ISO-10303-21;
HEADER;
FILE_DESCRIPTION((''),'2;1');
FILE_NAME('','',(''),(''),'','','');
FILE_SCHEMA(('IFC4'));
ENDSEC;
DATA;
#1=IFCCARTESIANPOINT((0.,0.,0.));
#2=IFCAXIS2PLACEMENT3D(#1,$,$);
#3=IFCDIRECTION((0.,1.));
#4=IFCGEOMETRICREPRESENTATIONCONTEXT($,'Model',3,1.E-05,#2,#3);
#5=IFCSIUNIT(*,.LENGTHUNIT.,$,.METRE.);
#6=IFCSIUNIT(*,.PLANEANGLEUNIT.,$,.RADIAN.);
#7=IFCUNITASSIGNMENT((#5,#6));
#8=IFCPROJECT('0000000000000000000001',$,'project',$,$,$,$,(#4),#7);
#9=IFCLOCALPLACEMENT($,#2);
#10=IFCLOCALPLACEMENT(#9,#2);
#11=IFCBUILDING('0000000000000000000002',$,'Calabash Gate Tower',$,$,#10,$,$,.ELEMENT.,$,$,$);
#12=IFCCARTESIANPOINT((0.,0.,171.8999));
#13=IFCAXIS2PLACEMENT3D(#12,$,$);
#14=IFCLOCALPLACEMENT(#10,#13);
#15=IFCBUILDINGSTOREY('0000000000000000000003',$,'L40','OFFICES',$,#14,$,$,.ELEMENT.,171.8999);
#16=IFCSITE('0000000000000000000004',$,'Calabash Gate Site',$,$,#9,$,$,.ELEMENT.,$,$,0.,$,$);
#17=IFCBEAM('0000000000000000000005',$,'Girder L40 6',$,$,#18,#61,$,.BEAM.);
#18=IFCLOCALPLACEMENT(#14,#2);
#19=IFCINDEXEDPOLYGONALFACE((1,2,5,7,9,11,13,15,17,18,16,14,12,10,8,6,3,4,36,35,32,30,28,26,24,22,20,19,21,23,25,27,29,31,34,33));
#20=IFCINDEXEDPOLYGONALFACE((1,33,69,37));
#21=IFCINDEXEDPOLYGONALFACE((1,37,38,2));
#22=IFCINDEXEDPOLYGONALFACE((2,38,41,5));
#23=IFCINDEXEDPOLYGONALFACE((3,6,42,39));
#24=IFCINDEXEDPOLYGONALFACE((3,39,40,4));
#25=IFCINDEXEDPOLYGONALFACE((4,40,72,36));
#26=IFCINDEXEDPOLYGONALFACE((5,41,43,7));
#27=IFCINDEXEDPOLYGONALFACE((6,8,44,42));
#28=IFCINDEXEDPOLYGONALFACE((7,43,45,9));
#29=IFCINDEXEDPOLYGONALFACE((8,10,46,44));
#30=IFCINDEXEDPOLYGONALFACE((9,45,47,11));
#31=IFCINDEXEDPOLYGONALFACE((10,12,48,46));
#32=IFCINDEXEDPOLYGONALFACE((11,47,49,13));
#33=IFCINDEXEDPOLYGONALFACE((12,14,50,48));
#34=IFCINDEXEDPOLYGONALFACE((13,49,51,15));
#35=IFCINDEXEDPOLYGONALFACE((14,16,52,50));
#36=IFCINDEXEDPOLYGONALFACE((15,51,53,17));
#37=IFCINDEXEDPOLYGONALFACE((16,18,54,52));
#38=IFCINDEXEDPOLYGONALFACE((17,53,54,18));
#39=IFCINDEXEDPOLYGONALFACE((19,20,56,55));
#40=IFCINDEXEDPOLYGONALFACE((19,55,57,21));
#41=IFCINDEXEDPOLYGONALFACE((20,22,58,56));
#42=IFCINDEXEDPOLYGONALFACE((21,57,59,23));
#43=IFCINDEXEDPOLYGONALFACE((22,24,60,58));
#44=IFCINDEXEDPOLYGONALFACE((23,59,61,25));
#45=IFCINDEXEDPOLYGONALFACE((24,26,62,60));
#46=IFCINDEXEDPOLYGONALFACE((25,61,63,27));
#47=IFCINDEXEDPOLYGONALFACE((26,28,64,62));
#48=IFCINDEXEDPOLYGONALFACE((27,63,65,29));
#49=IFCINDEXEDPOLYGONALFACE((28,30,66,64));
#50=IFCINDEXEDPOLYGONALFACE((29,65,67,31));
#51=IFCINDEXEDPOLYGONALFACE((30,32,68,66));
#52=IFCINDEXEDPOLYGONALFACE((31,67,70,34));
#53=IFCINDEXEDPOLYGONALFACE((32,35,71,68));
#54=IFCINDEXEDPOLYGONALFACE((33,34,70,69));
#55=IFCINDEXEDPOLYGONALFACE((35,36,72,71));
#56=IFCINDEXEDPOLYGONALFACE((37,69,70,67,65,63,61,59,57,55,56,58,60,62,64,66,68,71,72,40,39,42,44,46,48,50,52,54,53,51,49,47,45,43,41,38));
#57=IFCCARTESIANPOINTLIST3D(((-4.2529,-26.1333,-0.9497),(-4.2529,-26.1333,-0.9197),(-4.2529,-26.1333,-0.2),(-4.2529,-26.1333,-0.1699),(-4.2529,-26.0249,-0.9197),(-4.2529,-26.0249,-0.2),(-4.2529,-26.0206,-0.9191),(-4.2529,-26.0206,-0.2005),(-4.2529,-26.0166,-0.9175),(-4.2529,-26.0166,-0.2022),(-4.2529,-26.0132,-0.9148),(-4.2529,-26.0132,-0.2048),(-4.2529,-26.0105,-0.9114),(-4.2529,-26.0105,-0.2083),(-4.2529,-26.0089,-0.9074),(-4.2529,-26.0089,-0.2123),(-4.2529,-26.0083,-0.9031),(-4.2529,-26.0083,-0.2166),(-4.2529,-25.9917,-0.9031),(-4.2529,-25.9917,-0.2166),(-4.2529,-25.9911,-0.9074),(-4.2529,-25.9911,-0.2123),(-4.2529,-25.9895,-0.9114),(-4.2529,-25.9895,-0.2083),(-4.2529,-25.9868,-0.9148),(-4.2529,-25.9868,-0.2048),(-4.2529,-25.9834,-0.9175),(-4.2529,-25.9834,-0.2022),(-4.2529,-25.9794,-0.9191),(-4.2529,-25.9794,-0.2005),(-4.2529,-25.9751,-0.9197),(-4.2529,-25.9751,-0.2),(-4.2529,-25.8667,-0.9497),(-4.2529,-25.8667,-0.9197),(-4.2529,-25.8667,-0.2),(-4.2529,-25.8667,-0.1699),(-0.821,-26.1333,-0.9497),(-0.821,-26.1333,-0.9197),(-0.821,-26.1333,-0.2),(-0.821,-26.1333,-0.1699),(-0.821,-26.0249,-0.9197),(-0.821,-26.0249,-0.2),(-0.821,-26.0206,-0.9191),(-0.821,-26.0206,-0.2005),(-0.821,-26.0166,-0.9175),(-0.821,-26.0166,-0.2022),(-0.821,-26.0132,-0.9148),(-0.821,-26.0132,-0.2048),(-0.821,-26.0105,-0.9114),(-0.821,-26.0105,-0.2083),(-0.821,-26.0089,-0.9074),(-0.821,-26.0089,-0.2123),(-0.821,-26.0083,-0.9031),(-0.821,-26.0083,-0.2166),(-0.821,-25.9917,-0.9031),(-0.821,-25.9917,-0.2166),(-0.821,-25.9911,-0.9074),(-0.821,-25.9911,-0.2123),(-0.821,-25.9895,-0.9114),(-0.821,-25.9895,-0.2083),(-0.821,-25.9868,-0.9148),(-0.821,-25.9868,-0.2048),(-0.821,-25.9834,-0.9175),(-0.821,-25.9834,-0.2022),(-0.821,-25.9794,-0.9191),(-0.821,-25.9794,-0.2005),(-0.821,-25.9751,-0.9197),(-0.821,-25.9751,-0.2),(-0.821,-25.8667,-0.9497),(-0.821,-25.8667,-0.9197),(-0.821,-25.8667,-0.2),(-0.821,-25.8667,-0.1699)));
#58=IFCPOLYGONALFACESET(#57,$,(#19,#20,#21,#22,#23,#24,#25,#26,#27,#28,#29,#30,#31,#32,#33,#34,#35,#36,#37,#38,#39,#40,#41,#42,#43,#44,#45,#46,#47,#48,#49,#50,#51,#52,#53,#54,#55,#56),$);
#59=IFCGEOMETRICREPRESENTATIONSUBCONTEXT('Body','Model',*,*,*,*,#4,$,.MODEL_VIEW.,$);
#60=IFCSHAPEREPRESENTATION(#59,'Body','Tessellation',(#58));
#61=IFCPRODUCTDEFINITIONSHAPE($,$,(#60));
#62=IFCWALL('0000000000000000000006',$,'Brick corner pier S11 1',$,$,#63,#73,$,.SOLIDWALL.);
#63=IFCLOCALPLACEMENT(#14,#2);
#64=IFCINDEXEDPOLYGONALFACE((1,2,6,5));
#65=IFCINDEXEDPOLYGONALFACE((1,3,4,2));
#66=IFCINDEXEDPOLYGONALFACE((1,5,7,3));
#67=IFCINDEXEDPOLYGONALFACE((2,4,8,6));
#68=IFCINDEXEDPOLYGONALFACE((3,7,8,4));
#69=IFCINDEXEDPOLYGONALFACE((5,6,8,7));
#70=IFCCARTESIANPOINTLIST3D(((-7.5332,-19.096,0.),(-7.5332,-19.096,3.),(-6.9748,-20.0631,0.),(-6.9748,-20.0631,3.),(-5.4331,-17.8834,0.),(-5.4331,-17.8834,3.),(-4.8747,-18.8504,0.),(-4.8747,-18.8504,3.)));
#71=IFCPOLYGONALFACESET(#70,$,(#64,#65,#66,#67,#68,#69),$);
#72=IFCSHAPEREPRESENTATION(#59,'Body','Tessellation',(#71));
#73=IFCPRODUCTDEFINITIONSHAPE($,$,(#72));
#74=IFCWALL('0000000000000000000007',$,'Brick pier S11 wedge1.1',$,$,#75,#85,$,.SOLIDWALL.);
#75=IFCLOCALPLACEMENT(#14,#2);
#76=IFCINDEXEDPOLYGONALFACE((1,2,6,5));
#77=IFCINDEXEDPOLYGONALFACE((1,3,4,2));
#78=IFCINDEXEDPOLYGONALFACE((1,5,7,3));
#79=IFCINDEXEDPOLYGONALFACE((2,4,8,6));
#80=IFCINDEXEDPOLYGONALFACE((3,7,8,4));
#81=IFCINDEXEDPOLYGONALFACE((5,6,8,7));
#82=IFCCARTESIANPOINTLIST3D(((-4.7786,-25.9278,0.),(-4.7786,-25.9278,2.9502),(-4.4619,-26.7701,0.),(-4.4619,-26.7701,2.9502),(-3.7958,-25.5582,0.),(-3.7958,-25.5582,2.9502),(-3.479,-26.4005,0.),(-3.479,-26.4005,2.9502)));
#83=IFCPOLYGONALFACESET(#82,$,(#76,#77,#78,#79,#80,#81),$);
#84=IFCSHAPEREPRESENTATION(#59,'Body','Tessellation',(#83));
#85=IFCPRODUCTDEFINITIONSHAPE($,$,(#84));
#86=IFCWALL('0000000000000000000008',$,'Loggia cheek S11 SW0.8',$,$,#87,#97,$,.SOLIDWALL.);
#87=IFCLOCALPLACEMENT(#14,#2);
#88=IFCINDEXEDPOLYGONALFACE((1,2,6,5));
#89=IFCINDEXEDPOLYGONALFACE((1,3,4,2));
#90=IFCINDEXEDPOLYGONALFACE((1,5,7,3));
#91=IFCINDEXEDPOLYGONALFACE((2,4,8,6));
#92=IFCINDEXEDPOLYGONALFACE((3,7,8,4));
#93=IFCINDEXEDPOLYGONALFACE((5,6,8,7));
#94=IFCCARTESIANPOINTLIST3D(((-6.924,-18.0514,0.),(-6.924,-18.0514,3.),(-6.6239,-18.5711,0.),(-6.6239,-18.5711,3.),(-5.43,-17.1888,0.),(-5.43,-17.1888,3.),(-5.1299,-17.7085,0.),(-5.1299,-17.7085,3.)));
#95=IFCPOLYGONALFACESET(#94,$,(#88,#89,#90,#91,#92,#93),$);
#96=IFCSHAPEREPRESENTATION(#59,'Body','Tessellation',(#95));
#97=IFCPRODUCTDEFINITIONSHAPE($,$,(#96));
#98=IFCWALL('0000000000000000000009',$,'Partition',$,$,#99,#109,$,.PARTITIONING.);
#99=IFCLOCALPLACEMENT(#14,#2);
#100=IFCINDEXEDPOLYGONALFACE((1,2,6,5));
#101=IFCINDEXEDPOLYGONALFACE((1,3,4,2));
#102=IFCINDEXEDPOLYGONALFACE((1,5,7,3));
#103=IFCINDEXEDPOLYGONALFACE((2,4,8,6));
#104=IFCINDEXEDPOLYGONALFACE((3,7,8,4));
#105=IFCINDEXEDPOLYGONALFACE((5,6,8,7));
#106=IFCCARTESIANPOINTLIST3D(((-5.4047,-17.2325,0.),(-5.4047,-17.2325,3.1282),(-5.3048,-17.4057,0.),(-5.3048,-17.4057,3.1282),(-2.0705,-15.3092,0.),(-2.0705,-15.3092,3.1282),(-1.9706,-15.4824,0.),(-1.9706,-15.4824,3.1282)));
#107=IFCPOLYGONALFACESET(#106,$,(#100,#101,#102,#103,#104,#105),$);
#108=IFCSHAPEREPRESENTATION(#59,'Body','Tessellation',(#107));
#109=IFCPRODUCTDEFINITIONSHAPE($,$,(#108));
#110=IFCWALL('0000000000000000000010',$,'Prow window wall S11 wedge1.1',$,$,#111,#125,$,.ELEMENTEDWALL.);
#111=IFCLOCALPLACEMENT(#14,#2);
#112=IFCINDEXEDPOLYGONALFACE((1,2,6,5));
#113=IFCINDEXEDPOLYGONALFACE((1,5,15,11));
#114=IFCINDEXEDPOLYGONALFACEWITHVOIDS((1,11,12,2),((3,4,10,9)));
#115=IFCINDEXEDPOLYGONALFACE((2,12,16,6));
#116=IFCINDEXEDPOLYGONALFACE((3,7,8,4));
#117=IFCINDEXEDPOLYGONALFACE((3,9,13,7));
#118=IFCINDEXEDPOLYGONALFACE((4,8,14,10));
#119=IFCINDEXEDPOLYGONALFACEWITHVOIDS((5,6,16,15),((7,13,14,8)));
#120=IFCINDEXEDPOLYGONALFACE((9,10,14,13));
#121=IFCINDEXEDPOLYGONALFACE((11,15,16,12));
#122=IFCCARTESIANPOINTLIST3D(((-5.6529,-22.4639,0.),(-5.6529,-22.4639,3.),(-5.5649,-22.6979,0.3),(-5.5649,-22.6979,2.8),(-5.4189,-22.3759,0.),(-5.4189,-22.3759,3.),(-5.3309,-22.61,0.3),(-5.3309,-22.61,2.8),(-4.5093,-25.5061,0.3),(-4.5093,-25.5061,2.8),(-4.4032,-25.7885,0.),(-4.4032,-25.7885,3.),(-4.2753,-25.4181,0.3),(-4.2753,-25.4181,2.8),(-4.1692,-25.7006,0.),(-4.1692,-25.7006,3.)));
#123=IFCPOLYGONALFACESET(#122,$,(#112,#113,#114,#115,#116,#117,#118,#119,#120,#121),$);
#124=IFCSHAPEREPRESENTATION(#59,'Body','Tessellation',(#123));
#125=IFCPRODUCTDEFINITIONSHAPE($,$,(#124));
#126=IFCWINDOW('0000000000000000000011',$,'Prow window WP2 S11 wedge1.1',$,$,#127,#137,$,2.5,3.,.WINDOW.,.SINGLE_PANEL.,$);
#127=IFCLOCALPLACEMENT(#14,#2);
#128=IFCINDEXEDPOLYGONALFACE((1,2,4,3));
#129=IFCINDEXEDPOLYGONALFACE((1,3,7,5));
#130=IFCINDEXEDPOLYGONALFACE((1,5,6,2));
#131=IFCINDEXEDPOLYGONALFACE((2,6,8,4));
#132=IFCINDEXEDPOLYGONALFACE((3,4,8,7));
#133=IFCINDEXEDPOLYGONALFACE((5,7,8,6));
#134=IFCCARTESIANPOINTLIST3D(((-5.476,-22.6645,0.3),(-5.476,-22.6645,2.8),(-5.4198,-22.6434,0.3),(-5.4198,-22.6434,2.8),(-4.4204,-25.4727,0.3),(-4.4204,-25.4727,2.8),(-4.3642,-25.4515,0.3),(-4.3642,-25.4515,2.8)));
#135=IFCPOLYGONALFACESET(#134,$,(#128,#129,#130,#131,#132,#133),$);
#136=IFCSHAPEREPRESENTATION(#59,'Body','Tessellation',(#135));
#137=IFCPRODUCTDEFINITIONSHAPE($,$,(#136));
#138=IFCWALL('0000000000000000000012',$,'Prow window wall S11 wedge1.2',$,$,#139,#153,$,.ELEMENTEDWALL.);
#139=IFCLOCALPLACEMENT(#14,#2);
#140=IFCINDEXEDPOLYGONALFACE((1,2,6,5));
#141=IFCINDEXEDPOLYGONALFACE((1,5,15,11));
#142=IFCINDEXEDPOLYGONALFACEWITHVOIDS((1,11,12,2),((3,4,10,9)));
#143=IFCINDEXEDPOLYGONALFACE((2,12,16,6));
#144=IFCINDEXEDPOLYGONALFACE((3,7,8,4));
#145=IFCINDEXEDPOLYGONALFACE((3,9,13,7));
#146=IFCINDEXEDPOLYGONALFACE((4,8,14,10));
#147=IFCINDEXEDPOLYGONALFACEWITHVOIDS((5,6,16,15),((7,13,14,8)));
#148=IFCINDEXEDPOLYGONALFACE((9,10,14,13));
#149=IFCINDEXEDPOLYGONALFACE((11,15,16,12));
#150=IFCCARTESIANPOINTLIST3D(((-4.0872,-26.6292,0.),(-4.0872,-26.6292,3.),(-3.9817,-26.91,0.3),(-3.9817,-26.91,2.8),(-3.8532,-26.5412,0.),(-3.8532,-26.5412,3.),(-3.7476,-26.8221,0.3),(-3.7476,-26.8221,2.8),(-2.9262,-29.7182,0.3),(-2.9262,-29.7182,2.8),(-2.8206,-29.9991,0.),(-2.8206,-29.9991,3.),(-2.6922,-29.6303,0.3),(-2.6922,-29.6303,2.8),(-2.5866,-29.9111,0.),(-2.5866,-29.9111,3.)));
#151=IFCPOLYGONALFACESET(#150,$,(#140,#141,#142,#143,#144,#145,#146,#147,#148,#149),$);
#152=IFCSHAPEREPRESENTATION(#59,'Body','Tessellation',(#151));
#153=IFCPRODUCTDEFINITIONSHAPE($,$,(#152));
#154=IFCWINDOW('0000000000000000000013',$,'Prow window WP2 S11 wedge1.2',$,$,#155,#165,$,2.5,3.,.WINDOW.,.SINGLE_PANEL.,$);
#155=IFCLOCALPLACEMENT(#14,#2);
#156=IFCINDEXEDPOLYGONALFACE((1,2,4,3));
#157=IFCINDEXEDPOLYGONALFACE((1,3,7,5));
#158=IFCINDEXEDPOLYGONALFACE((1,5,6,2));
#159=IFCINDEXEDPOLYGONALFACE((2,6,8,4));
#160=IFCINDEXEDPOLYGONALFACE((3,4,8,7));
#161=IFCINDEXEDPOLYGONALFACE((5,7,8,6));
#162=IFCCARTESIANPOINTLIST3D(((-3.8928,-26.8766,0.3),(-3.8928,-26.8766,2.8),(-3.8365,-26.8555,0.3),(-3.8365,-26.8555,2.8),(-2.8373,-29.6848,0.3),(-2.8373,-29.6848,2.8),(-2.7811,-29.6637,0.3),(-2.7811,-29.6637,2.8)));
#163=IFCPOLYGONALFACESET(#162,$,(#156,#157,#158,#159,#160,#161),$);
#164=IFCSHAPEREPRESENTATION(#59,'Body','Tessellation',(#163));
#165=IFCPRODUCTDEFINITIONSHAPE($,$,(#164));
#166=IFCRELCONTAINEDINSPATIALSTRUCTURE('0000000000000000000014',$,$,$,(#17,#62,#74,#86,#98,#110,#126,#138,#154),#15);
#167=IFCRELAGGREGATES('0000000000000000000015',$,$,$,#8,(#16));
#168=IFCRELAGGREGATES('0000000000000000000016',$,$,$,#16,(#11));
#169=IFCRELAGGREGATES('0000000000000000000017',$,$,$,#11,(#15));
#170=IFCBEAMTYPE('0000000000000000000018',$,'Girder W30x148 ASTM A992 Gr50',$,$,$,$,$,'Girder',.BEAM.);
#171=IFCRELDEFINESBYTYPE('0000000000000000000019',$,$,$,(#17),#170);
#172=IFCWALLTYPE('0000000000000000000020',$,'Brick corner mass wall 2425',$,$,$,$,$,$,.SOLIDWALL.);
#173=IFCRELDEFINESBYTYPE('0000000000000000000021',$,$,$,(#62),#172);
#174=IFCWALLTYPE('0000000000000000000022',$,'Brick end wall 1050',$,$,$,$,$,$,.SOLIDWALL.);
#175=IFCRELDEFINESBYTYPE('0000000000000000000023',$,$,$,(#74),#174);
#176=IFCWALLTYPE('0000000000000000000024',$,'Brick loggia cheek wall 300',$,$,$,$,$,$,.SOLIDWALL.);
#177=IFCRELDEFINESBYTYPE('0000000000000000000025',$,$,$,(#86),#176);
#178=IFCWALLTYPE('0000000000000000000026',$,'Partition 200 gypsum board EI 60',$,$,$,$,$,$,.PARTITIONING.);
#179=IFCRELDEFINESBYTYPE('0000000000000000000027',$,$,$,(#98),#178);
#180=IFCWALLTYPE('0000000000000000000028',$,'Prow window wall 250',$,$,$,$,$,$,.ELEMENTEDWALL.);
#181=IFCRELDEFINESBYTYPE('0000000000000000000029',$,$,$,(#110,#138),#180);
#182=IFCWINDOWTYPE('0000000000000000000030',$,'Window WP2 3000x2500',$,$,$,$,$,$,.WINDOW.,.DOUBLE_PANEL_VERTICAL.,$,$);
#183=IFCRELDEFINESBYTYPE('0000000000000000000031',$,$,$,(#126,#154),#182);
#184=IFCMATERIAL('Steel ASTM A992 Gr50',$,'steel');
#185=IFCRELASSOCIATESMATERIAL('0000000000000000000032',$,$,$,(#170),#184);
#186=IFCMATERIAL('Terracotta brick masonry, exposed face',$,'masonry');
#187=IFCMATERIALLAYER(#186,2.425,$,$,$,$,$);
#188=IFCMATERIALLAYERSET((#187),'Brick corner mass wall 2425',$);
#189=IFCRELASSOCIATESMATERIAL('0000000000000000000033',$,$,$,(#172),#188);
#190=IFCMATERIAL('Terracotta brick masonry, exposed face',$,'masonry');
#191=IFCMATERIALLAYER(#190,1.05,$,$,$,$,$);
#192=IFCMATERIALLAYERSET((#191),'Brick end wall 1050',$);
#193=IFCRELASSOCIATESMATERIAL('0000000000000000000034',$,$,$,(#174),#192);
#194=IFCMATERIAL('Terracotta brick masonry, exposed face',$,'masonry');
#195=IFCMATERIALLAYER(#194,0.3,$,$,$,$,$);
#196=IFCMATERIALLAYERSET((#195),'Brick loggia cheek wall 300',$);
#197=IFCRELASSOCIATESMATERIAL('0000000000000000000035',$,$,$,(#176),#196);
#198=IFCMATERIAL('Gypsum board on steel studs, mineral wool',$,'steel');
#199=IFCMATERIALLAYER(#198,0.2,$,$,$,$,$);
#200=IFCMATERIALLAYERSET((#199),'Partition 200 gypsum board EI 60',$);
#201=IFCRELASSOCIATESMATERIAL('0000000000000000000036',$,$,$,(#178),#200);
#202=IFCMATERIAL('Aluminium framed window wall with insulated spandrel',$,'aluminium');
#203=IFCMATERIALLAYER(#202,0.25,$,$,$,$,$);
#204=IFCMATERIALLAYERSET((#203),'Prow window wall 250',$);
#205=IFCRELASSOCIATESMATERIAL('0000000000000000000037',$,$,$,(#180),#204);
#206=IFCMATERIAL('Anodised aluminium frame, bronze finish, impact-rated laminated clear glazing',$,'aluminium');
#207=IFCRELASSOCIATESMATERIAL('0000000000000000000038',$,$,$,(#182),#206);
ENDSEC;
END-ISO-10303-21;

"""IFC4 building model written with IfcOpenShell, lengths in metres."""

from ifc_helpers import new_model, si_unit, direction, frame, frame_2d, origin, origin_2d, place, context, subcontext, project, spatial, rectangle, i_section, extrude, material, layer, layer_set, material_profile, profile_set, type_object, element, fill, save


model = new_model("IFC4")

# Units and contexts
model_context = context("Model", 3, precision=1e-05, world=origin(), true_north=direction((0.0, 1.0)))
body_context = subcontext(model_context, "Body", "Model", "MODEL_VIEW")
ifc_project = project(units=[si_unit("LENGTHUNIT", "METRE"), si_unit("PLANEANGLEUNIT", "RADIAN")], contexts=[model_context])

# Site, building, storey
site_placement = place(None, origin())
site = spatial("IfcSite", under=ifc_project, at=site_placement, Name="Calabash Gate Site", CompositionType="ELEMENT", RefElevation=0.0)
building_placement = place(site_placement, origin())
building = spatial("IfcBuilding", under=site, at=building_placement, Name="Calabash Gate Tower", CompositionType="ELEMENT")
storey_placement = place(building_placement, frame((0.0, 0.0, 171.8999)))
storey = spatial("IfcBuildingStorey", under=building, at=storey_placement, Name="L40", Description="OFFICES", CompositionType="ELEMENT", Elevation=171.8999)

# Beam
ifc_material_1 = material(Name="Steel ASTM A992 Gr50", Category="steel")
ifc_material_profile_1 = material_profile(ifc_material_1, i_section(OverallWidth=0.2666, OverallDepth=0.7798, WebThickness=0.0166, FlangeThickness=0.03, FilletRadius=0.0166, at=origin_2d()))
ifc_profile_set_1 = profile_set([ifc_material_profile_1], Name="Steel ASTM A992 Gr50")
beam_type_1 = type_object("IfcBeamType", Name="Girder W30x148 ASTM A992 Gr50", ElementType="Girder", PredefinedType="BEAM", material=ifc_profile_set_1)
beam_1_placement = place(storey_placement, frame((-4.2529, -26.0, -0.5598), z_axis=(1.0, 0.0, 0.0), x_axis=(0.0, 1.0, 0.0)))
element("IfcBeam", 1, at=beam_1_placement, inside=storey, type_object=beam_type_1, Name="Girder L40 6", PredefinedType="BEAM", context=body_context, shape_type="SweptSolid", body=[
    extrude(i_section(OverallWidth=0.2666, OverallDepth=0.7798, WebThickness=0.0166, FlangeThickness=0.03, FilletRadius=0.0166, at=origin_2d()), origin(), (0.0, 0.0, 1.0), 3.4319),
])

# Walls
ifc_material_2 = material(Name="Terracotta brick masonry, exposed face", Category="masonry")
ifc_layer_1 = layer(ifc_material_2, 2.425)
ifc_layer_set_1 = layer_set([ifc_layer_1], Name="Brick corner mass wall 2425")
wall_type_1 = type_object("IfcWallType", Name="Brick corner mass wall 2425", PredefinedType="SOLIDWALL", material=ifc_layer_set_1)
wall_1_placement = place(storey_placement, frame((-5.1541, -18.3669, 0.0), z_axis=(0.0, 0.0, 1.0), x_axis=(-0.865998, -0.500048, 0.0)))
element("IfcWall", 2, at=wall_1_placement, inside=storey, type_object=wall_type_1, Name="Brick corner pier S11 1", PredefinedType="SOLIDWALL", context=body_context, shape_type="SweptSolid", body=[
    extrude(rectangle(XDim=2.425, YDim=1.1167, at=frame_2d((1.2124, 0.0))), origin(), (0.0, 0.0, 1.0), 3.0),
])
ifc_material_3 = material(Name="Terracotta brick masonry, exposed face", Category="masonry")
ifc_layer_2 = layer(ifc_material_3, 1.05)
ifc_layer_set_2 = layer_set([ifc_layer_2], Name="Brick end wall 1050")
wall_type_2 = type_object("IfcWallType", Name="Brick end wall 1050", PredefinedType="SOLIDWALL", material=ifc_layer_set_2)
wall_2_placement = place(storey_placement, frame((-4.6201, -26.3489, 0.0), z_axis=(0.0, 0.0, 1.0), x_axis=(0.936004, 0.35199, 0.0)))
element("IfcWall", 3, at=wall_2_placement, inside=storey, type_object=wall_type_2, Name="Brick pier S11 wedge1.1", PredefinedType="SOLIDWALL", context=body_context, shape_type="SweptSolid", body=[
    extrude(rectangle(XDim=1.05, YDim=0.8999, at=frame_2d((0.5249, 0.0))), origin(), (0.0, 0.0, 1.0), 2.9502),
])
ifc_material_4 = material(Name="Terracotta brick masonry, exposed face", Category="masonry")
ifc_layer_3 = layer(ifc_material_4, 0.3)
ifc_layer_set_3 = layer_set([ifc_layer_3], Name="Brick loggia cheek wall 300")
wall_type_3 = type_object("IfcWallType", Name="Brick loggia cheek wall 300", PredefinedType="SOLIDWALL", material=ifc_layer_set_3)
wall_3_placement = place(storey_placement, frame((-6.7739, -18.3113, 0.0), z_axis=(0.0, 0.0, 1.0), x_axis=(0.866014, 0.500021, 0.0)))
element("IfcWall", 4, at=wall_3_placement, inside=storey, type_object=wall_type_3, Name="Loggia cheek S11 SW0.8", PredefinedType="SOLIDWALL", context=body_context, shape_type="SweptSolid", body=[
    extrude(rectangle(XDim=1.7251, YDim=0.6001, at=frame_2d((0.8625, 0.0))), origin(), (0.0, 0.0, 1.0), 3.0),
])
ifc_material_5 = material(Name="Gypsum board on steel studs, mineral wool", Category="steel")
ifc_layer_4 = layer(ifc_material_5, 0.2)
ifc_layer_set_4 = layer_set([ifc_layer_4], Name="Partition 200 gypsum board EI 60")
wall_type_4 = type_object("IfcWallType", Name="Partition 200 gypsum board EI 60", PredefinedType="PARTITIONING", material=ifc_layer_set_4)
wall_4_placement = place(storey_placement, frame((-5.3547, -17.3191, 0.0), z_axis=(0.0, 0.0, 1.0), x_axis=(0.866214, 0.499673, 0.0)))
element("IfcWall", 5, at=wall_4_placement, inside=storey, type_object=wall_type_4, Name="Partition", PredefinedType="PARTITIONING", context=body_context, shape_type="SweptSolid", body=[
    extrude(rectangle(XDim=3.8491, YDim=0.2, at=frame_2d((1.9246, 0.0))), origin(), (0.0, 0.0, 1.0), 3.1282),
])

# Walls, openings, windows
ifc_material_6 = material(Name="Aluminium framed window wall with insulated spandrel", Category="aluminium")
ifc_layer_5 = layer(ifc_material_6, 0.25)
ifc_layer_set_5 = layer_set([ifc_layer_5], Name="Prow window wall 250")
wall_type_5 = type_object("IfcWallType", Name="Prow window wall 250", PredefinedType="ELEMENTEDWALL", material=ifc_layer_set_5)
wall_5_placement = place(storey_placement, frame((-5.5359, -22.4199, 0.0), z_axis=(0.0, 0.0, 1.0), x_axis=(0.351862, -0.936052, 0.0)))
wall_5 = element("IfcWall", 6, at=wall_5_placement, inside=storey, type_object=wall_type_5, Name="Prow window wall S11 wedge1.1", PredefinedType="ELEMENTEDWALL", context=body_context, shape_type="SweptSolid", body=[
    extrude(rectangle(XDim=3.5518, YDim=0.25, at=frame_2d((1.7759, 0.0))), origin(), (0.0, 0.0, 1.0), 3.0),
])
opening_1_placement = place(wall_5_placement, frame((0.25, 0.0, 0.3)))
opening_1 = element("IfcOpeningElement", 7, at=opening_1_placement, cuts=wall_5, PredefinedType="OPENING", context=body_context, shape_type="SweptSolid", body=[
    extrude(rectangle(XDim=3.0, YDim=2.5, at=frame_2d((1.5, 1.25))), frame((0.0, 0.135, 0.0), z_axis=(0.0, -1.0, 0.0), x_axis=(1.0, 0.0, 0.0)), (0.0, 0.0, 1.0), 0.27),
])
ifc_material_7 = material(Name="Anodised aluminium frame, bronze finish, impact-rated laminated clear glazing", Category="aluminium")
window_type = type_object("IfcWindowType", Name="Window WP2 3000x2500", PartitioningType="DOUBLE_PANEL_VERTICAL", PredefinedType="WINDOW", material=ifc_material_7)
window_1_placement = place(opening_1_placement, origin())
window_1 = element("IfcWindow", 8, at=window_1_placement, inside=storey, type_object=window_type, Name="Prow window WP2 S11 wedge1.1", OverallHeight=2.5, OverallWidth=3.0, PartitioningType="SINGLE_PANEL", PredefinedType="WINDOW", context=body_context, shape_type="SweptSolid", body=[
    extrude(rectangle(XDim=3.0, YDim=2.5, at=frame_2d((1.5, 1.25))), frame((0.0, 0.03, 0.0), z_axis=(0.0, -1.0, 0.0), x_axis=(1.0, 0.0, 0.0)), (0.0, 0.0, 1.0), 0.0601),
])
fill(opening_1, window_1)
wall_6_placement = place(storey_placement, frame((-3.9702, -26.5852, 0.0), z_axis=(0.0, 0.0, 1.0), x_axis=(0.351829, -0.936064, 0.0)))
wall_6 = element("IfcWall", 9, at=wall_6_placement, inside=storey, type_object=wall_type_5, Name="Prow window wall S11 wedge1.2", PredefinedType="ELEMENTEDWALL", context=body_context, shape_type="SweptSolid", body=[
    extrude(rectangle(XDim=3.6001, YDim=0.25, at=frame_2d((1.8, 0.0))), origin(), (0.0, 0.0, 1.0), 3.0),
])
opening_2_placement = place(wall_6_placement, frame((0.3, 0.0, 0.3)))
opening_2 = element("IfcOpeningElement", 10, at=opening_2_placement, cuts=wall_6, PredefinedType="OPENING", context=body_context, shape_type="SweptSolid", body=[
    extrude(rectangle(XDim=3.0, YDim=2.5, at=frame_2d((1.5, 1.25))), frame((0.0, 0.135, 0.0), z_axis=(0.0, -1.0, 0.0), x_axis=(1.0, 0.0, 0.0)), (0.0, 0.0, 1.0), 0.27),
])
window_2_placement = place(opening_2_placement, origin())
window_2 = element("IfcWindow", 11, at=window_2_placement, inside=storey, type_object=window_type, Name="Prow window WP2 S11 wedge1.2", OverallHeight=2.5, OverallWidth=3.0, PartitioningType="SINGLE_PANEL", PredefinedType="WINDOW", context=body_context, shape_type="SweptSolid", body=[
    extrude(rectangle(XDim=3.0, YDim=2.5, at=frame_2d((1.5, 1.25))), frame((0.0, 0.03, 0.0), z_axis=(0.0, -1.0, 0.0), x_axis=(1.0, 0.0, 0.0)), (0.0, 0.0, 1.0), 0.0601),
])
fill(opening_2, window_2)

save(model, "model.ifc")
